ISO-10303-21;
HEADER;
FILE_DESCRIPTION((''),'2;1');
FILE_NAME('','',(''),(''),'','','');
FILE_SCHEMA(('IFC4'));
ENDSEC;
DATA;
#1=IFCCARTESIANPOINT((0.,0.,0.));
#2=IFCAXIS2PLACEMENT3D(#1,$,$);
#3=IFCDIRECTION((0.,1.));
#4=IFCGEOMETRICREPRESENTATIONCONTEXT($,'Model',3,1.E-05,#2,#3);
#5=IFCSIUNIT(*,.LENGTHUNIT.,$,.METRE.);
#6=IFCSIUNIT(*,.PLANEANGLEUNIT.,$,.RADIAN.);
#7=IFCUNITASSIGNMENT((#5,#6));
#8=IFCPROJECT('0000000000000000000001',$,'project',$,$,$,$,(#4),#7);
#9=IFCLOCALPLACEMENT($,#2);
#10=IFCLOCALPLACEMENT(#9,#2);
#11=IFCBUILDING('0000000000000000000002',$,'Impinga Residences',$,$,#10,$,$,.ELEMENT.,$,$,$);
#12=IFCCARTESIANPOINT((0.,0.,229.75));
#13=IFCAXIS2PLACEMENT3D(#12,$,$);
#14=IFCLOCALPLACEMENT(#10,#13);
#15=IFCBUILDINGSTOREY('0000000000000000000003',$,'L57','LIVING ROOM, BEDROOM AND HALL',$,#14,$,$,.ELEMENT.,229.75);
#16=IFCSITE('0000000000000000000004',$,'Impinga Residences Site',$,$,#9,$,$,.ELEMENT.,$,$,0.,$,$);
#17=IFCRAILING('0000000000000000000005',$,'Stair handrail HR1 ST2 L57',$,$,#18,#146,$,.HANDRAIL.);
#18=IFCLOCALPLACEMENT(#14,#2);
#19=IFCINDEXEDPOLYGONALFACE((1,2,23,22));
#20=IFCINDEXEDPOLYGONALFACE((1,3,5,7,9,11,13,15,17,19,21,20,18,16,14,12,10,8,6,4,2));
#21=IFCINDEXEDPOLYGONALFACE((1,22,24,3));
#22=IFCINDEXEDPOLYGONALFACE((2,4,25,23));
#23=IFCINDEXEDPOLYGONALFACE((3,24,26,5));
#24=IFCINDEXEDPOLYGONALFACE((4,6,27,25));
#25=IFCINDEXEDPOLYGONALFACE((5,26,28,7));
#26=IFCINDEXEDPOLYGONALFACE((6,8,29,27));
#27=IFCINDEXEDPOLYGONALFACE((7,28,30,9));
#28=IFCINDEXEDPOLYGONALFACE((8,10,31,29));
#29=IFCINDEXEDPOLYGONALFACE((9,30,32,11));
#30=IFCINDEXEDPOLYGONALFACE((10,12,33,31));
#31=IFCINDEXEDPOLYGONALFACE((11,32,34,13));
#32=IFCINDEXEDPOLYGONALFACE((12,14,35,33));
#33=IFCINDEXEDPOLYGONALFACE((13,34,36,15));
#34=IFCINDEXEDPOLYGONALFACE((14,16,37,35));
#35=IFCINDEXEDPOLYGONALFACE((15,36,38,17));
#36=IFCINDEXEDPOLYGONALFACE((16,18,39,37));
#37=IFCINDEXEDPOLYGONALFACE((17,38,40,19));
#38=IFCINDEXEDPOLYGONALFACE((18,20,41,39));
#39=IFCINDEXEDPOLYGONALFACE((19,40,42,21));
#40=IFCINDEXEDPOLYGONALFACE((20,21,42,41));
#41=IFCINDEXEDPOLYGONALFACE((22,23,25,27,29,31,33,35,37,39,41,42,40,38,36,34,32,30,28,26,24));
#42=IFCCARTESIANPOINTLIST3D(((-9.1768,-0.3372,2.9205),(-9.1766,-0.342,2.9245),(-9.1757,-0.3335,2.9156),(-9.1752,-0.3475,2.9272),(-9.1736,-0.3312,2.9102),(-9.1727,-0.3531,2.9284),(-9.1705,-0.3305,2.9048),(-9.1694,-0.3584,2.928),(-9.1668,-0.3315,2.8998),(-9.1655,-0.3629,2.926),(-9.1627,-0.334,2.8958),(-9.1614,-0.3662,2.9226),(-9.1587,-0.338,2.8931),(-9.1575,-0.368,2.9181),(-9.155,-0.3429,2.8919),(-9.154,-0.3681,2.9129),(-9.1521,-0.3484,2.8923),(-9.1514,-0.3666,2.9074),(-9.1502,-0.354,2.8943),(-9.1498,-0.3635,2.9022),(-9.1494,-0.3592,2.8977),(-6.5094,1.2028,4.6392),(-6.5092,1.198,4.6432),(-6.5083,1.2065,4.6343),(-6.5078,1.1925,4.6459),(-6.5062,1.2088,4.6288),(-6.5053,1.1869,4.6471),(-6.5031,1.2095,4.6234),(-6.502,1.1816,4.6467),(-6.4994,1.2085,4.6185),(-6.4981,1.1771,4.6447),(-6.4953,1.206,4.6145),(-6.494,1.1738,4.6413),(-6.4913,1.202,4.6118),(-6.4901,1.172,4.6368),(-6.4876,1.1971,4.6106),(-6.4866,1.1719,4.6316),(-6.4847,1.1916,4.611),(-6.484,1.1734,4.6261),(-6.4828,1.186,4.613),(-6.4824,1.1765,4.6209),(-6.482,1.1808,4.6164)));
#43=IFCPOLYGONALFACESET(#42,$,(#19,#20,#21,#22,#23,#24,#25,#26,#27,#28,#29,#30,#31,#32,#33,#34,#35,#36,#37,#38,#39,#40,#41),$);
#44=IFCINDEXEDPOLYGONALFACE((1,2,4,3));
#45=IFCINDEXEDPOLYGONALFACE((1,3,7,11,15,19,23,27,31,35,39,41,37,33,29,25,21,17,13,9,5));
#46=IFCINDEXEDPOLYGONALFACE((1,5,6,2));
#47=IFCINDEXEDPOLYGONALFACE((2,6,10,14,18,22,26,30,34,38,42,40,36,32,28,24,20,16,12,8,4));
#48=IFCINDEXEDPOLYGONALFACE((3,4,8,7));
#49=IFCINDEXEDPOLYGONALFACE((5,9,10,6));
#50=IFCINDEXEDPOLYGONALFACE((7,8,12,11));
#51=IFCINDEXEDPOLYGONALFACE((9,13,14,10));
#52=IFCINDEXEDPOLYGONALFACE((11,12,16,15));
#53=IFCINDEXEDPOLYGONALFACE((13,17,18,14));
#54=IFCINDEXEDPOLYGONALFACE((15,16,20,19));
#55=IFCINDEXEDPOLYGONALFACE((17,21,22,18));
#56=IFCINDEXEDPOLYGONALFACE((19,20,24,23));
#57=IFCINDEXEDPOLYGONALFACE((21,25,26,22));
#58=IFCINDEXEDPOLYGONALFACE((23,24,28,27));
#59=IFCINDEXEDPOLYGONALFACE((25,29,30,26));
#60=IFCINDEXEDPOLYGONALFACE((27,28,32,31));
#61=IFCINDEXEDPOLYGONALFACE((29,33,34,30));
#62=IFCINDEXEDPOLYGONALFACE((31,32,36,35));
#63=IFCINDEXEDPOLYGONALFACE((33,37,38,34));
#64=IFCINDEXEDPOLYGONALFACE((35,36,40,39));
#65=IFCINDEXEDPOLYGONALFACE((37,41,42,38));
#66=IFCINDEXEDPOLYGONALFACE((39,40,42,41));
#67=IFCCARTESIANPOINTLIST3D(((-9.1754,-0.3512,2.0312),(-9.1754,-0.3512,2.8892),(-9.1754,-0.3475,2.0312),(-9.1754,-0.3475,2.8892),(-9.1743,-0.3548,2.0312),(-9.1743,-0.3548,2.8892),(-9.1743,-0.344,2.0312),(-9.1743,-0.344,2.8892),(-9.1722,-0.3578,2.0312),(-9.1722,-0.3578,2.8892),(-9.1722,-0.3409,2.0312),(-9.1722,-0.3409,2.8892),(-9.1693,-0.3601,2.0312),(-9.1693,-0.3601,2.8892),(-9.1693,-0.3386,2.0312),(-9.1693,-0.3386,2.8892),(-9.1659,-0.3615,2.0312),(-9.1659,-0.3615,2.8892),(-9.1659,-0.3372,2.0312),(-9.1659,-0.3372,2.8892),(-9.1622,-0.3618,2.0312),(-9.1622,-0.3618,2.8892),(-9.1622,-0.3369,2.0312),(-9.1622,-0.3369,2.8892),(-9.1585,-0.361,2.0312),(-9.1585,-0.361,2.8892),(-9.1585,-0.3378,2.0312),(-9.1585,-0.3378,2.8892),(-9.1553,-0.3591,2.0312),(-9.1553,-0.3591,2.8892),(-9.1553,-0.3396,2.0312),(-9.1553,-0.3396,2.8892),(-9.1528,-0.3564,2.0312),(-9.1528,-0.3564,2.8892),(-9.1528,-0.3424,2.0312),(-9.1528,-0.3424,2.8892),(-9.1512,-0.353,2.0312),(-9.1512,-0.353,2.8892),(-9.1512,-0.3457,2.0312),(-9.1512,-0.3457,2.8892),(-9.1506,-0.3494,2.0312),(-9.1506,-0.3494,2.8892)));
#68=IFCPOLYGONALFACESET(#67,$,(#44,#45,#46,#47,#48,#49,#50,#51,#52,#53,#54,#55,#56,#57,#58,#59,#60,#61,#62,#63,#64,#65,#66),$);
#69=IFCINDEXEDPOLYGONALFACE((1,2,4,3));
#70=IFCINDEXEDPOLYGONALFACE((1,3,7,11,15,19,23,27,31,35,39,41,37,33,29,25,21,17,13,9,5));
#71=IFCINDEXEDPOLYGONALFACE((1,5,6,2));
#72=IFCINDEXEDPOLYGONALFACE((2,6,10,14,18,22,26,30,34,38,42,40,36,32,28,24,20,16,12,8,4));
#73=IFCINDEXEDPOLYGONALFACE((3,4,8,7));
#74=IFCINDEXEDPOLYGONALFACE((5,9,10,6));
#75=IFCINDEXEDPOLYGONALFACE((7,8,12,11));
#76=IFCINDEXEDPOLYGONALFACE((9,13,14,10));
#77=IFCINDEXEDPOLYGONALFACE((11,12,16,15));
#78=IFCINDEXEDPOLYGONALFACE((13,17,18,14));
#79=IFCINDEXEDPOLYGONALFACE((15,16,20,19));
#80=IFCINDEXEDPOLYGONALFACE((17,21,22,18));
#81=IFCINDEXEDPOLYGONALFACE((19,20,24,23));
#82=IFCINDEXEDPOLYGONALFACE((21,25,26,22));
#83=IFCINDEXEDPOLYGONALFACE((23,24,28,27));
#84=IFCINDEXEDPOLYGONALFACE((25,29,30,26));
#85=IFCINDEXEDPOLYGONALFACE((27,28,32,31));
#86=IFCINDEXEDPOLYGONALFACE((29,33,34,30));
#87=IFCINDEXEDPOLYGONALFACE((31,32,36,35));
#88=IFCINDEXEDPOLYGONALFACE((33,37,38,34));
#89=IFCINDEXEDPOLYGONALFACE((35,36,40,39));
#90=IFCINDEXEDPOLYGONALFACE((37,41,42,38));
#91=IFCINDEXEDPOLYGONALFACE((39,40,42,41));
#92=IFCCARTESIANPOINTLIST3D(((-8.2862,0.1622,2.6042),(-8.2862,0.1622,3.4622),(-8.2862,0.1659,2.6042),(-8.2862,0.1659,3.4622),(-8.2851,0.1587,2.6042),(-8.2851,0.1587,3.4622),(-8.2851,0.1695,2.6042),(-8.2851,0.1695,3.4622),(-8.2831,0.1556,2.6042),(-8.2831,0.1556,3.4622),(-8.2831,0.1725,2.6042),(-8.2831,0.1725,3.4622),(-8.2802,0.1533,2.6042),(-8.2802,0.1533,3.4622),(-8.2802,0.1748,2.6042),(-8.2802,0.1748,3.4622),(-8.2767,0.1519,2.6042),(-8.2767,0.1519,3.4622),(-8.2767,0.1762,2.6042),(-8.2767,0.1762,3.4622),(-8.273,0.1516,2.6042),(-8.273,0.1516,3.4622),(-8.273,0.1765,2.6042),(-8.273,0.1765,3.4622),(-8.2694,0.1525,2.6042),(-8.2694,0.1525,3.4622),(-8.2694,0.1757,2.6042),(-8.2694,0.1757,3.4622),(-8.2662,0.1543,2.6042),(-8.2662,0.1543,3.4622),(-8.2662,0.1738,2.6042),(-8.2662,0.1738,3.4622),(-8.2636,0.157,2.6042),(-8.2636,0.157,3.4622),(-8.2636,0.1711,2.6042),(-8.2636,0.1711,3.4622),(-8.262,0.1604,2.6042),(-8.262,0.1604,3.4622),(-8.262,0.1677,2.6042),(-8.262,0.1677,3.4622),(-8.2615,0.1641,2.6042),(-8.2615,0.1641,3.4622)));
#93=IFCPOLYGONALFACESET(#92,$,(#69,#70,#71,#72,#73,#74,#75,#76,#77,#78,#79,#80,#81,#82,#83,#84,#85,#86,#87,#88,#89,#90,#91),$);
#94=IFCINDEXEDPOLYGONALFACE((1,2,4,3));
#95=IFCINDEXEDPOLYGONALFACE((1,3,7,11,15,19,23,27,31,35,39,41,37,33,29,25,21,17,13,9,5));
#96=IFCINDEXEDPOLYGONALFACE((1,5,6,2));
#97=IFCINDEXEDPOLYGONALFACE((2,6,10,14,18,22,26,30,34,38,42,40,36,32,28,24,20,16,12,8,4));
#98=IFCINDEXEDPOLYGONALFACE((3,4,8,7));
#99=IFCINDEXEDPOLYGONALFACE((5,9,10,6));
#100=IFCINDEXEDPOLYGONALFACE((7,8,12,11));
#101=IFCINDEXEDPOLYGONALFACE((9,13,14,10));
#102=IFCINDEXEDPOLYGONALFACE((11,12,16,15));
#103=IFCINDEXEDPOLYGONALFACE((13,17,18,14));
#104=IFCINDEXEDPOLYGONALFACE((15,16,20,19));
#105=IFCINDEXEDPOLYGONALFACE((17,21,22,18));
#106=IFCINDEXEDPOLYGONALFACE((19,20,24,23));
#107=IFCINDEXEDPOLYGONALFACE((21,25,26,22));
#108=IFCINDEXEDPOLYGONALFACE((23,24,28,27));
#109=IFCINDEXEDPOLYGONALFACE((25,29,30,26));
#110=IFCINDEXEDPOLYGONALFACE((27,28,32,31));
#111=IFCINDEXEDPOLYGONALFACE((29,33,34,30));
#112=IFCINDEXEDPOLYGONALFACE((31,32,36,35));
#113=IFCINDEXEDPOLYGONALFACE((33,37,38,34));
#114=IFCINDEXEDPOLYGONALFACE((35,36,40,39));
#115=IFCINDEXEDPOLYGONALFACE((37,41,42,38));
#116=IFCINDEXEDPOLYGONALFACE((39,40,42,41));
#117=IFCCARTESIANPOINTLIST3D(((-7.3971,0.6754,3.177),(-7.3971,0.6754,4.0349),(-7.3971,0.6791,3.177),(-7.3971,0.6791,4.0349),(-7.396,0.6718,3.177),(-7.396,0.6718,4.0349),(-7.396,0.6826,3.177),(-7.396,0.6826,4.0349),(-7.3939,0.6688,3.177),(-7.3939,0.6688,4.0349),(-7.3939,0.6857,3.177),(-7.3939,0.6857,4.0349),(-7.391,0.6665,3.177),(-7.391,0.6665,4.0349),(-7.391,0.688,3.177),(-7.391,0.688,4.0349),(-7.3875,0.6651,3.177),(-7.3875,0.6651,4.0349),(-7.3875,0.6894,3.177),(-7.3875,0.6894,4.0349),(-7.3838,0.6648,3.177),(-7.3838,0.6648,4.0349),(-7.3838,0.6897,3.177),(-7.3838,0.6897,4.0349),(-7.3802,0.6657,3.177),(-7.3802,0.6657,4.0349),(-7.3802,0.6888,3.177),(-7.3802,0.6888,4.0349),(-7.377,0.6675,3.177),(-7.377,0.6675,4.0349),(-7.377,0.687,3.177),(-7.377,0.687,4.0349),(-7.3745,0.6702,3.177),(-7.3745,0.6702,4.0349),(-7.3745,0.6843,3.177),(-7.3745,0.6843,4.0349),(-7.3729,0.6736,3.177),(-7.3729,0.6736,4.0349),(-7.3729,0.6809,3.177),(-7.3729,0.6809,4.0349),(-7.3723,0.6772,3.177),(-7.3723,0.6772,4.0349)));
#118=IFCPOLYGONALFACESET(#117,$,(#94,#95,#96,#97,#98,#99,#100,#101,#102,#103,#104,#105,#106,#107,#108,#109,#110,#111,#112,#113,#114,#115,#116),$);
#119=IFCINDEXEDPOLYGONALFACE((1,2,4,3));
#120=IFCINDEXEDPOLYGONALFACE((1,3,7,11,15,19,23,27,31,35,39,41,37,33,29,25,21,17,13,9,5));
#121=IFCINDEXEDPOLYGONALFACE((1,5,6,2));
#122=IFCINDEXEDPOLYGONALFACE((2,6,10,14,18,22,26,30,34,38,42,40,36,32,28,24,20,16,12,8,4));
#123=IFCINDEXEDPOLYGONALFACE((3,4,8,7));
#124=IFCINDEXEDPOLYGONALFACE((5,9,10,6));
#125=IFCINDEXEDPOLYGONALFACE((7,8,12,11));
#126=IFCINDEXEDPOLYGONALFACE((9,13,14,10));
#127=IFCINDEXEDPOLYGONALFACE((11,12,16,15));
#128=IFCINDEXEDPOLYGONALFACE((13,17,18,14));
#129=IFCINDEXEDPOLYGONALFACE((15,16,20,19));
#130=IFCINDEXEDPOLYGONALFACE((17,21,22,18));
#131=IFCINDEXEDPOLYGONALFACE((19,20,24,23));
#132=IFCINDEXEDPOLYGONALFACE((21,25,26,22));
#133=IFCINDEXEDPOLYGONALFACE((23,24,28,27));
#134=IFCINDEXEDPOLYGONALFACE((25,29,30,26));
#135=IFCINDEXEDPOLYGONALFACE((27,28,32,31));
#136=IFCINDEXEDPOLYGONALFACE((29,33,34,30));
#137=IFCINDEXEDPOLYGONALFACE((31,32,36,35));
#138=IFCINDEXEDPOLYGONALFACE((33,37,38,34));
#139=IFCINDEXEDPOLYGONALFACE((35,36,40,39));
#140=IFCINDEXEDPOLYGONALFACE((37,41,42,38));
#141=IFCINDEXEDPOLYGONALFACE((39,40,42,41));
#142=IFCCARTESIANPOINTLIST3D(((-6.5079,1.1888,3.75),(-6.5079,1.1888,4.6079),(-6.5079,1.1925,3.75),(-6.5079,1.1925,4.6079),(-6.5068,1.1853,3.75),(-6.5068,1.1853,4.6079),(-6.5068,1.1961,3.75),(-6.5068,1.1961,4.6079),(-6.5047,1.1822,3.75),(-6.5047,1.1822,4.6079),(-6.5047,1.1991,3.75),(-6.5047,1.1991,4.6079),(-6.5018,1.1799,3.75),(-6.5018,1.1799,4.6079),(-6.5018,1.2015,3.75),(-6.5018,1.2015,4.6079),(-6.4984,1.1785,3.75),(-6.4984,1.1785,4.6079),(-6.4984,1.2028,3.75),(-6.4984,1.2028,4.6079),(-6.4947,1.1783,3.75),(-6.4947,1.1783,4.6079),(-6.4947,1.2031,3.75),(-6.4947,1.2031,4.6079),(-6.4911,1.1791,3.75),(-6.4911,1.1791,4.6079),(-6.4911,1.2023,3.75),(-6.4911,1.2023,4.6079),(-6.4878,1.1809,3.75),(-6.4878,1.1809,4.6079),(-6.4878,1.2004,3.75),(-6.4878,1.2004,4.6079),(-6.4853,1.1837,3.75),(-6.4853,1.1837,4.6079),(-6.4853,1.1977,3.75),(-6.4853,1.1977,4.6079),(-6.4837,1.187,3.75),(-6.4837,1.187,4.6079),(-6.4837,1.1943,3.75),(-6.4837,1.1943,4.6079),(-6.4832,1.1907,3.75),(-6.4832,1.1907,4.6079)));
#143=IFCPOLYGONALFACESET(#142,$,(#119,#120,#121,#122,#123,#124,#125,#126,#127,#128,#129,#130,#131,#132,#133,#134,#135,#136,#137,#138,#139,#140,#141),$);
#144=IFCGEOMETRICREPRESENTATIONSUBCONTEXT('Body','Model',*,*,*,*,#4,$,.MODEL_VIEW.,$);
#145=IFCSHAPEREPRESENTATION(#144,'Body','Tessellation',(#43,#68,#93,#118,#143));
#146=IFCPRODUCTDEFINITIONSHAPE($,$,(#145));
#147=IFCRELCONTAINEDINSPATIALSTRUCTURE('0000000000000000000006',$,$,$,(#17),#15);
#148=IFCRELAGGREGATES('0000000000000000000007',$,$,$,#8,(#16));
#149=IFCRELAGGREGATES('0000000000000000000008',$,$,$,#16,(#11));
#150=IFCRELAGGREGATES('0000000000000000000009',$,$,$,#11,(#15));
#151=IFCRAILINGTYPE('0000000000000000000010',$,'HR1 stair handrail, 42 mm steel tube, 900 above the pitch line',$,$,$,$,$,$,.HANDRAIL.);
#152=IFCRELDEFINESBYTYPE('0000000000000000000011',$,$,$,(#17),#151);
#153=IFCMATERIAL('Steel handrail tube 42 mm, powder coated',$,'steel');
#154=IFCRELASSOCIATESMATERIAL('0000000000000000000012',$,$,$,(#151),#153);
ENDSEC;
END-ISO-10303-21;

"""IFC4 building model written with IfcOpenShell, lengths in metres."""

from ifc_helpers import new_model, si_unit, direction, frame, origin, origin_2d, place, context, subcontext, project, spatial, circle, extrude, material, type_object, element, save


model = new_model("IFC4")

# Units and contexts
model_context = context("Model", 3, precision=1e-05, world=origin(), true_north=direction((0.0, 1.0)))
body_context = subcontext(model_context, "Body", "Model", "MODEL_VIEW")
ifc_project = project(units=[si_unit("LENGTHUNIT", "METRE"), si_unit("PLANEANGLEUNIT", "RADIAN")], contexts=[model_context])

# Site, building, storey
site_placement = place(None, origin())
site = spatial("IfcSite", under=ifc_project, at=site_placement, Name="Impinga Residences Site", CompositionType="ELEMENT", RefElevation=0.0)
building_placement = place(site_placement, origin())
building = spatial("IfcBuilding", under=site, at=building_placement, Name="Impinga Residences", CompositionType="ELEMENT")
storey_placement = place(building_placement, frame((0.0, 0.0, 229.75)))
storey = spatial("IfcBuildingStorey", under=building, at=storey_placement, Name="L57", Description="LIVING ROOM, BEDROOM AND HALL", CompositionType="ELEMENT", Elevation=229.75)

# Railing
ifc_material_1 = material(Name="Steel handrail tube 42 mm, powder coated", Category="steel")
railing_type = type_object("IfcRailingType", Name="HR1 stair handrail, 42 mm steel tube, 900 above the pitch line", PredefinedType="HANDRAIL", material=ifc_material_1)
railing_1_placement = place(storey_placement, frame((-9.1631, -0.3494, 2.0312)))
element("IfcRailing", 1, at=railing_1_placement, inside=storey, type_object=railing_type, Name="Stair handrail HR1 ST2 L57", PredefinedType="HANDRAIL", context=body_context, shape_type="SweptSolid", body=[
    extrude(circle(Radius=0.021, at=origin_2d()), frame((0.0, 0.0, 0.8789), z_axis=(0.756256, 0.436616, 0.487282), x_axis=(-0.499992, 0.86603, 0.0)), (0.0, 0.0, 1.0), 3.5271),
    extrude(circle(Radius=0.0125, at=origin_2d()), origin(), (0.0, 0.0, 1.0), 0.8579),
    extrude(circle(Radius=0.0125, at=origin_2d()), frame((0.8892, 0.5134, 0.573)), (0.0, 0.0, 1.0), 0.8579),
    extrude(circle(Radius=0.0125, at=origin_2d()), frame((1.7783, 1.0266, 1.1458)), (0.0, 0.0, 1.0), 0.8579),
    extrude(circle(Radius=0.0125, at=origin_2d()), frame((2.6675, 1.54, 1.7188)), (0.0, 0.0, 1.0), 0.8579),
])

save(model, "model.ifc")
